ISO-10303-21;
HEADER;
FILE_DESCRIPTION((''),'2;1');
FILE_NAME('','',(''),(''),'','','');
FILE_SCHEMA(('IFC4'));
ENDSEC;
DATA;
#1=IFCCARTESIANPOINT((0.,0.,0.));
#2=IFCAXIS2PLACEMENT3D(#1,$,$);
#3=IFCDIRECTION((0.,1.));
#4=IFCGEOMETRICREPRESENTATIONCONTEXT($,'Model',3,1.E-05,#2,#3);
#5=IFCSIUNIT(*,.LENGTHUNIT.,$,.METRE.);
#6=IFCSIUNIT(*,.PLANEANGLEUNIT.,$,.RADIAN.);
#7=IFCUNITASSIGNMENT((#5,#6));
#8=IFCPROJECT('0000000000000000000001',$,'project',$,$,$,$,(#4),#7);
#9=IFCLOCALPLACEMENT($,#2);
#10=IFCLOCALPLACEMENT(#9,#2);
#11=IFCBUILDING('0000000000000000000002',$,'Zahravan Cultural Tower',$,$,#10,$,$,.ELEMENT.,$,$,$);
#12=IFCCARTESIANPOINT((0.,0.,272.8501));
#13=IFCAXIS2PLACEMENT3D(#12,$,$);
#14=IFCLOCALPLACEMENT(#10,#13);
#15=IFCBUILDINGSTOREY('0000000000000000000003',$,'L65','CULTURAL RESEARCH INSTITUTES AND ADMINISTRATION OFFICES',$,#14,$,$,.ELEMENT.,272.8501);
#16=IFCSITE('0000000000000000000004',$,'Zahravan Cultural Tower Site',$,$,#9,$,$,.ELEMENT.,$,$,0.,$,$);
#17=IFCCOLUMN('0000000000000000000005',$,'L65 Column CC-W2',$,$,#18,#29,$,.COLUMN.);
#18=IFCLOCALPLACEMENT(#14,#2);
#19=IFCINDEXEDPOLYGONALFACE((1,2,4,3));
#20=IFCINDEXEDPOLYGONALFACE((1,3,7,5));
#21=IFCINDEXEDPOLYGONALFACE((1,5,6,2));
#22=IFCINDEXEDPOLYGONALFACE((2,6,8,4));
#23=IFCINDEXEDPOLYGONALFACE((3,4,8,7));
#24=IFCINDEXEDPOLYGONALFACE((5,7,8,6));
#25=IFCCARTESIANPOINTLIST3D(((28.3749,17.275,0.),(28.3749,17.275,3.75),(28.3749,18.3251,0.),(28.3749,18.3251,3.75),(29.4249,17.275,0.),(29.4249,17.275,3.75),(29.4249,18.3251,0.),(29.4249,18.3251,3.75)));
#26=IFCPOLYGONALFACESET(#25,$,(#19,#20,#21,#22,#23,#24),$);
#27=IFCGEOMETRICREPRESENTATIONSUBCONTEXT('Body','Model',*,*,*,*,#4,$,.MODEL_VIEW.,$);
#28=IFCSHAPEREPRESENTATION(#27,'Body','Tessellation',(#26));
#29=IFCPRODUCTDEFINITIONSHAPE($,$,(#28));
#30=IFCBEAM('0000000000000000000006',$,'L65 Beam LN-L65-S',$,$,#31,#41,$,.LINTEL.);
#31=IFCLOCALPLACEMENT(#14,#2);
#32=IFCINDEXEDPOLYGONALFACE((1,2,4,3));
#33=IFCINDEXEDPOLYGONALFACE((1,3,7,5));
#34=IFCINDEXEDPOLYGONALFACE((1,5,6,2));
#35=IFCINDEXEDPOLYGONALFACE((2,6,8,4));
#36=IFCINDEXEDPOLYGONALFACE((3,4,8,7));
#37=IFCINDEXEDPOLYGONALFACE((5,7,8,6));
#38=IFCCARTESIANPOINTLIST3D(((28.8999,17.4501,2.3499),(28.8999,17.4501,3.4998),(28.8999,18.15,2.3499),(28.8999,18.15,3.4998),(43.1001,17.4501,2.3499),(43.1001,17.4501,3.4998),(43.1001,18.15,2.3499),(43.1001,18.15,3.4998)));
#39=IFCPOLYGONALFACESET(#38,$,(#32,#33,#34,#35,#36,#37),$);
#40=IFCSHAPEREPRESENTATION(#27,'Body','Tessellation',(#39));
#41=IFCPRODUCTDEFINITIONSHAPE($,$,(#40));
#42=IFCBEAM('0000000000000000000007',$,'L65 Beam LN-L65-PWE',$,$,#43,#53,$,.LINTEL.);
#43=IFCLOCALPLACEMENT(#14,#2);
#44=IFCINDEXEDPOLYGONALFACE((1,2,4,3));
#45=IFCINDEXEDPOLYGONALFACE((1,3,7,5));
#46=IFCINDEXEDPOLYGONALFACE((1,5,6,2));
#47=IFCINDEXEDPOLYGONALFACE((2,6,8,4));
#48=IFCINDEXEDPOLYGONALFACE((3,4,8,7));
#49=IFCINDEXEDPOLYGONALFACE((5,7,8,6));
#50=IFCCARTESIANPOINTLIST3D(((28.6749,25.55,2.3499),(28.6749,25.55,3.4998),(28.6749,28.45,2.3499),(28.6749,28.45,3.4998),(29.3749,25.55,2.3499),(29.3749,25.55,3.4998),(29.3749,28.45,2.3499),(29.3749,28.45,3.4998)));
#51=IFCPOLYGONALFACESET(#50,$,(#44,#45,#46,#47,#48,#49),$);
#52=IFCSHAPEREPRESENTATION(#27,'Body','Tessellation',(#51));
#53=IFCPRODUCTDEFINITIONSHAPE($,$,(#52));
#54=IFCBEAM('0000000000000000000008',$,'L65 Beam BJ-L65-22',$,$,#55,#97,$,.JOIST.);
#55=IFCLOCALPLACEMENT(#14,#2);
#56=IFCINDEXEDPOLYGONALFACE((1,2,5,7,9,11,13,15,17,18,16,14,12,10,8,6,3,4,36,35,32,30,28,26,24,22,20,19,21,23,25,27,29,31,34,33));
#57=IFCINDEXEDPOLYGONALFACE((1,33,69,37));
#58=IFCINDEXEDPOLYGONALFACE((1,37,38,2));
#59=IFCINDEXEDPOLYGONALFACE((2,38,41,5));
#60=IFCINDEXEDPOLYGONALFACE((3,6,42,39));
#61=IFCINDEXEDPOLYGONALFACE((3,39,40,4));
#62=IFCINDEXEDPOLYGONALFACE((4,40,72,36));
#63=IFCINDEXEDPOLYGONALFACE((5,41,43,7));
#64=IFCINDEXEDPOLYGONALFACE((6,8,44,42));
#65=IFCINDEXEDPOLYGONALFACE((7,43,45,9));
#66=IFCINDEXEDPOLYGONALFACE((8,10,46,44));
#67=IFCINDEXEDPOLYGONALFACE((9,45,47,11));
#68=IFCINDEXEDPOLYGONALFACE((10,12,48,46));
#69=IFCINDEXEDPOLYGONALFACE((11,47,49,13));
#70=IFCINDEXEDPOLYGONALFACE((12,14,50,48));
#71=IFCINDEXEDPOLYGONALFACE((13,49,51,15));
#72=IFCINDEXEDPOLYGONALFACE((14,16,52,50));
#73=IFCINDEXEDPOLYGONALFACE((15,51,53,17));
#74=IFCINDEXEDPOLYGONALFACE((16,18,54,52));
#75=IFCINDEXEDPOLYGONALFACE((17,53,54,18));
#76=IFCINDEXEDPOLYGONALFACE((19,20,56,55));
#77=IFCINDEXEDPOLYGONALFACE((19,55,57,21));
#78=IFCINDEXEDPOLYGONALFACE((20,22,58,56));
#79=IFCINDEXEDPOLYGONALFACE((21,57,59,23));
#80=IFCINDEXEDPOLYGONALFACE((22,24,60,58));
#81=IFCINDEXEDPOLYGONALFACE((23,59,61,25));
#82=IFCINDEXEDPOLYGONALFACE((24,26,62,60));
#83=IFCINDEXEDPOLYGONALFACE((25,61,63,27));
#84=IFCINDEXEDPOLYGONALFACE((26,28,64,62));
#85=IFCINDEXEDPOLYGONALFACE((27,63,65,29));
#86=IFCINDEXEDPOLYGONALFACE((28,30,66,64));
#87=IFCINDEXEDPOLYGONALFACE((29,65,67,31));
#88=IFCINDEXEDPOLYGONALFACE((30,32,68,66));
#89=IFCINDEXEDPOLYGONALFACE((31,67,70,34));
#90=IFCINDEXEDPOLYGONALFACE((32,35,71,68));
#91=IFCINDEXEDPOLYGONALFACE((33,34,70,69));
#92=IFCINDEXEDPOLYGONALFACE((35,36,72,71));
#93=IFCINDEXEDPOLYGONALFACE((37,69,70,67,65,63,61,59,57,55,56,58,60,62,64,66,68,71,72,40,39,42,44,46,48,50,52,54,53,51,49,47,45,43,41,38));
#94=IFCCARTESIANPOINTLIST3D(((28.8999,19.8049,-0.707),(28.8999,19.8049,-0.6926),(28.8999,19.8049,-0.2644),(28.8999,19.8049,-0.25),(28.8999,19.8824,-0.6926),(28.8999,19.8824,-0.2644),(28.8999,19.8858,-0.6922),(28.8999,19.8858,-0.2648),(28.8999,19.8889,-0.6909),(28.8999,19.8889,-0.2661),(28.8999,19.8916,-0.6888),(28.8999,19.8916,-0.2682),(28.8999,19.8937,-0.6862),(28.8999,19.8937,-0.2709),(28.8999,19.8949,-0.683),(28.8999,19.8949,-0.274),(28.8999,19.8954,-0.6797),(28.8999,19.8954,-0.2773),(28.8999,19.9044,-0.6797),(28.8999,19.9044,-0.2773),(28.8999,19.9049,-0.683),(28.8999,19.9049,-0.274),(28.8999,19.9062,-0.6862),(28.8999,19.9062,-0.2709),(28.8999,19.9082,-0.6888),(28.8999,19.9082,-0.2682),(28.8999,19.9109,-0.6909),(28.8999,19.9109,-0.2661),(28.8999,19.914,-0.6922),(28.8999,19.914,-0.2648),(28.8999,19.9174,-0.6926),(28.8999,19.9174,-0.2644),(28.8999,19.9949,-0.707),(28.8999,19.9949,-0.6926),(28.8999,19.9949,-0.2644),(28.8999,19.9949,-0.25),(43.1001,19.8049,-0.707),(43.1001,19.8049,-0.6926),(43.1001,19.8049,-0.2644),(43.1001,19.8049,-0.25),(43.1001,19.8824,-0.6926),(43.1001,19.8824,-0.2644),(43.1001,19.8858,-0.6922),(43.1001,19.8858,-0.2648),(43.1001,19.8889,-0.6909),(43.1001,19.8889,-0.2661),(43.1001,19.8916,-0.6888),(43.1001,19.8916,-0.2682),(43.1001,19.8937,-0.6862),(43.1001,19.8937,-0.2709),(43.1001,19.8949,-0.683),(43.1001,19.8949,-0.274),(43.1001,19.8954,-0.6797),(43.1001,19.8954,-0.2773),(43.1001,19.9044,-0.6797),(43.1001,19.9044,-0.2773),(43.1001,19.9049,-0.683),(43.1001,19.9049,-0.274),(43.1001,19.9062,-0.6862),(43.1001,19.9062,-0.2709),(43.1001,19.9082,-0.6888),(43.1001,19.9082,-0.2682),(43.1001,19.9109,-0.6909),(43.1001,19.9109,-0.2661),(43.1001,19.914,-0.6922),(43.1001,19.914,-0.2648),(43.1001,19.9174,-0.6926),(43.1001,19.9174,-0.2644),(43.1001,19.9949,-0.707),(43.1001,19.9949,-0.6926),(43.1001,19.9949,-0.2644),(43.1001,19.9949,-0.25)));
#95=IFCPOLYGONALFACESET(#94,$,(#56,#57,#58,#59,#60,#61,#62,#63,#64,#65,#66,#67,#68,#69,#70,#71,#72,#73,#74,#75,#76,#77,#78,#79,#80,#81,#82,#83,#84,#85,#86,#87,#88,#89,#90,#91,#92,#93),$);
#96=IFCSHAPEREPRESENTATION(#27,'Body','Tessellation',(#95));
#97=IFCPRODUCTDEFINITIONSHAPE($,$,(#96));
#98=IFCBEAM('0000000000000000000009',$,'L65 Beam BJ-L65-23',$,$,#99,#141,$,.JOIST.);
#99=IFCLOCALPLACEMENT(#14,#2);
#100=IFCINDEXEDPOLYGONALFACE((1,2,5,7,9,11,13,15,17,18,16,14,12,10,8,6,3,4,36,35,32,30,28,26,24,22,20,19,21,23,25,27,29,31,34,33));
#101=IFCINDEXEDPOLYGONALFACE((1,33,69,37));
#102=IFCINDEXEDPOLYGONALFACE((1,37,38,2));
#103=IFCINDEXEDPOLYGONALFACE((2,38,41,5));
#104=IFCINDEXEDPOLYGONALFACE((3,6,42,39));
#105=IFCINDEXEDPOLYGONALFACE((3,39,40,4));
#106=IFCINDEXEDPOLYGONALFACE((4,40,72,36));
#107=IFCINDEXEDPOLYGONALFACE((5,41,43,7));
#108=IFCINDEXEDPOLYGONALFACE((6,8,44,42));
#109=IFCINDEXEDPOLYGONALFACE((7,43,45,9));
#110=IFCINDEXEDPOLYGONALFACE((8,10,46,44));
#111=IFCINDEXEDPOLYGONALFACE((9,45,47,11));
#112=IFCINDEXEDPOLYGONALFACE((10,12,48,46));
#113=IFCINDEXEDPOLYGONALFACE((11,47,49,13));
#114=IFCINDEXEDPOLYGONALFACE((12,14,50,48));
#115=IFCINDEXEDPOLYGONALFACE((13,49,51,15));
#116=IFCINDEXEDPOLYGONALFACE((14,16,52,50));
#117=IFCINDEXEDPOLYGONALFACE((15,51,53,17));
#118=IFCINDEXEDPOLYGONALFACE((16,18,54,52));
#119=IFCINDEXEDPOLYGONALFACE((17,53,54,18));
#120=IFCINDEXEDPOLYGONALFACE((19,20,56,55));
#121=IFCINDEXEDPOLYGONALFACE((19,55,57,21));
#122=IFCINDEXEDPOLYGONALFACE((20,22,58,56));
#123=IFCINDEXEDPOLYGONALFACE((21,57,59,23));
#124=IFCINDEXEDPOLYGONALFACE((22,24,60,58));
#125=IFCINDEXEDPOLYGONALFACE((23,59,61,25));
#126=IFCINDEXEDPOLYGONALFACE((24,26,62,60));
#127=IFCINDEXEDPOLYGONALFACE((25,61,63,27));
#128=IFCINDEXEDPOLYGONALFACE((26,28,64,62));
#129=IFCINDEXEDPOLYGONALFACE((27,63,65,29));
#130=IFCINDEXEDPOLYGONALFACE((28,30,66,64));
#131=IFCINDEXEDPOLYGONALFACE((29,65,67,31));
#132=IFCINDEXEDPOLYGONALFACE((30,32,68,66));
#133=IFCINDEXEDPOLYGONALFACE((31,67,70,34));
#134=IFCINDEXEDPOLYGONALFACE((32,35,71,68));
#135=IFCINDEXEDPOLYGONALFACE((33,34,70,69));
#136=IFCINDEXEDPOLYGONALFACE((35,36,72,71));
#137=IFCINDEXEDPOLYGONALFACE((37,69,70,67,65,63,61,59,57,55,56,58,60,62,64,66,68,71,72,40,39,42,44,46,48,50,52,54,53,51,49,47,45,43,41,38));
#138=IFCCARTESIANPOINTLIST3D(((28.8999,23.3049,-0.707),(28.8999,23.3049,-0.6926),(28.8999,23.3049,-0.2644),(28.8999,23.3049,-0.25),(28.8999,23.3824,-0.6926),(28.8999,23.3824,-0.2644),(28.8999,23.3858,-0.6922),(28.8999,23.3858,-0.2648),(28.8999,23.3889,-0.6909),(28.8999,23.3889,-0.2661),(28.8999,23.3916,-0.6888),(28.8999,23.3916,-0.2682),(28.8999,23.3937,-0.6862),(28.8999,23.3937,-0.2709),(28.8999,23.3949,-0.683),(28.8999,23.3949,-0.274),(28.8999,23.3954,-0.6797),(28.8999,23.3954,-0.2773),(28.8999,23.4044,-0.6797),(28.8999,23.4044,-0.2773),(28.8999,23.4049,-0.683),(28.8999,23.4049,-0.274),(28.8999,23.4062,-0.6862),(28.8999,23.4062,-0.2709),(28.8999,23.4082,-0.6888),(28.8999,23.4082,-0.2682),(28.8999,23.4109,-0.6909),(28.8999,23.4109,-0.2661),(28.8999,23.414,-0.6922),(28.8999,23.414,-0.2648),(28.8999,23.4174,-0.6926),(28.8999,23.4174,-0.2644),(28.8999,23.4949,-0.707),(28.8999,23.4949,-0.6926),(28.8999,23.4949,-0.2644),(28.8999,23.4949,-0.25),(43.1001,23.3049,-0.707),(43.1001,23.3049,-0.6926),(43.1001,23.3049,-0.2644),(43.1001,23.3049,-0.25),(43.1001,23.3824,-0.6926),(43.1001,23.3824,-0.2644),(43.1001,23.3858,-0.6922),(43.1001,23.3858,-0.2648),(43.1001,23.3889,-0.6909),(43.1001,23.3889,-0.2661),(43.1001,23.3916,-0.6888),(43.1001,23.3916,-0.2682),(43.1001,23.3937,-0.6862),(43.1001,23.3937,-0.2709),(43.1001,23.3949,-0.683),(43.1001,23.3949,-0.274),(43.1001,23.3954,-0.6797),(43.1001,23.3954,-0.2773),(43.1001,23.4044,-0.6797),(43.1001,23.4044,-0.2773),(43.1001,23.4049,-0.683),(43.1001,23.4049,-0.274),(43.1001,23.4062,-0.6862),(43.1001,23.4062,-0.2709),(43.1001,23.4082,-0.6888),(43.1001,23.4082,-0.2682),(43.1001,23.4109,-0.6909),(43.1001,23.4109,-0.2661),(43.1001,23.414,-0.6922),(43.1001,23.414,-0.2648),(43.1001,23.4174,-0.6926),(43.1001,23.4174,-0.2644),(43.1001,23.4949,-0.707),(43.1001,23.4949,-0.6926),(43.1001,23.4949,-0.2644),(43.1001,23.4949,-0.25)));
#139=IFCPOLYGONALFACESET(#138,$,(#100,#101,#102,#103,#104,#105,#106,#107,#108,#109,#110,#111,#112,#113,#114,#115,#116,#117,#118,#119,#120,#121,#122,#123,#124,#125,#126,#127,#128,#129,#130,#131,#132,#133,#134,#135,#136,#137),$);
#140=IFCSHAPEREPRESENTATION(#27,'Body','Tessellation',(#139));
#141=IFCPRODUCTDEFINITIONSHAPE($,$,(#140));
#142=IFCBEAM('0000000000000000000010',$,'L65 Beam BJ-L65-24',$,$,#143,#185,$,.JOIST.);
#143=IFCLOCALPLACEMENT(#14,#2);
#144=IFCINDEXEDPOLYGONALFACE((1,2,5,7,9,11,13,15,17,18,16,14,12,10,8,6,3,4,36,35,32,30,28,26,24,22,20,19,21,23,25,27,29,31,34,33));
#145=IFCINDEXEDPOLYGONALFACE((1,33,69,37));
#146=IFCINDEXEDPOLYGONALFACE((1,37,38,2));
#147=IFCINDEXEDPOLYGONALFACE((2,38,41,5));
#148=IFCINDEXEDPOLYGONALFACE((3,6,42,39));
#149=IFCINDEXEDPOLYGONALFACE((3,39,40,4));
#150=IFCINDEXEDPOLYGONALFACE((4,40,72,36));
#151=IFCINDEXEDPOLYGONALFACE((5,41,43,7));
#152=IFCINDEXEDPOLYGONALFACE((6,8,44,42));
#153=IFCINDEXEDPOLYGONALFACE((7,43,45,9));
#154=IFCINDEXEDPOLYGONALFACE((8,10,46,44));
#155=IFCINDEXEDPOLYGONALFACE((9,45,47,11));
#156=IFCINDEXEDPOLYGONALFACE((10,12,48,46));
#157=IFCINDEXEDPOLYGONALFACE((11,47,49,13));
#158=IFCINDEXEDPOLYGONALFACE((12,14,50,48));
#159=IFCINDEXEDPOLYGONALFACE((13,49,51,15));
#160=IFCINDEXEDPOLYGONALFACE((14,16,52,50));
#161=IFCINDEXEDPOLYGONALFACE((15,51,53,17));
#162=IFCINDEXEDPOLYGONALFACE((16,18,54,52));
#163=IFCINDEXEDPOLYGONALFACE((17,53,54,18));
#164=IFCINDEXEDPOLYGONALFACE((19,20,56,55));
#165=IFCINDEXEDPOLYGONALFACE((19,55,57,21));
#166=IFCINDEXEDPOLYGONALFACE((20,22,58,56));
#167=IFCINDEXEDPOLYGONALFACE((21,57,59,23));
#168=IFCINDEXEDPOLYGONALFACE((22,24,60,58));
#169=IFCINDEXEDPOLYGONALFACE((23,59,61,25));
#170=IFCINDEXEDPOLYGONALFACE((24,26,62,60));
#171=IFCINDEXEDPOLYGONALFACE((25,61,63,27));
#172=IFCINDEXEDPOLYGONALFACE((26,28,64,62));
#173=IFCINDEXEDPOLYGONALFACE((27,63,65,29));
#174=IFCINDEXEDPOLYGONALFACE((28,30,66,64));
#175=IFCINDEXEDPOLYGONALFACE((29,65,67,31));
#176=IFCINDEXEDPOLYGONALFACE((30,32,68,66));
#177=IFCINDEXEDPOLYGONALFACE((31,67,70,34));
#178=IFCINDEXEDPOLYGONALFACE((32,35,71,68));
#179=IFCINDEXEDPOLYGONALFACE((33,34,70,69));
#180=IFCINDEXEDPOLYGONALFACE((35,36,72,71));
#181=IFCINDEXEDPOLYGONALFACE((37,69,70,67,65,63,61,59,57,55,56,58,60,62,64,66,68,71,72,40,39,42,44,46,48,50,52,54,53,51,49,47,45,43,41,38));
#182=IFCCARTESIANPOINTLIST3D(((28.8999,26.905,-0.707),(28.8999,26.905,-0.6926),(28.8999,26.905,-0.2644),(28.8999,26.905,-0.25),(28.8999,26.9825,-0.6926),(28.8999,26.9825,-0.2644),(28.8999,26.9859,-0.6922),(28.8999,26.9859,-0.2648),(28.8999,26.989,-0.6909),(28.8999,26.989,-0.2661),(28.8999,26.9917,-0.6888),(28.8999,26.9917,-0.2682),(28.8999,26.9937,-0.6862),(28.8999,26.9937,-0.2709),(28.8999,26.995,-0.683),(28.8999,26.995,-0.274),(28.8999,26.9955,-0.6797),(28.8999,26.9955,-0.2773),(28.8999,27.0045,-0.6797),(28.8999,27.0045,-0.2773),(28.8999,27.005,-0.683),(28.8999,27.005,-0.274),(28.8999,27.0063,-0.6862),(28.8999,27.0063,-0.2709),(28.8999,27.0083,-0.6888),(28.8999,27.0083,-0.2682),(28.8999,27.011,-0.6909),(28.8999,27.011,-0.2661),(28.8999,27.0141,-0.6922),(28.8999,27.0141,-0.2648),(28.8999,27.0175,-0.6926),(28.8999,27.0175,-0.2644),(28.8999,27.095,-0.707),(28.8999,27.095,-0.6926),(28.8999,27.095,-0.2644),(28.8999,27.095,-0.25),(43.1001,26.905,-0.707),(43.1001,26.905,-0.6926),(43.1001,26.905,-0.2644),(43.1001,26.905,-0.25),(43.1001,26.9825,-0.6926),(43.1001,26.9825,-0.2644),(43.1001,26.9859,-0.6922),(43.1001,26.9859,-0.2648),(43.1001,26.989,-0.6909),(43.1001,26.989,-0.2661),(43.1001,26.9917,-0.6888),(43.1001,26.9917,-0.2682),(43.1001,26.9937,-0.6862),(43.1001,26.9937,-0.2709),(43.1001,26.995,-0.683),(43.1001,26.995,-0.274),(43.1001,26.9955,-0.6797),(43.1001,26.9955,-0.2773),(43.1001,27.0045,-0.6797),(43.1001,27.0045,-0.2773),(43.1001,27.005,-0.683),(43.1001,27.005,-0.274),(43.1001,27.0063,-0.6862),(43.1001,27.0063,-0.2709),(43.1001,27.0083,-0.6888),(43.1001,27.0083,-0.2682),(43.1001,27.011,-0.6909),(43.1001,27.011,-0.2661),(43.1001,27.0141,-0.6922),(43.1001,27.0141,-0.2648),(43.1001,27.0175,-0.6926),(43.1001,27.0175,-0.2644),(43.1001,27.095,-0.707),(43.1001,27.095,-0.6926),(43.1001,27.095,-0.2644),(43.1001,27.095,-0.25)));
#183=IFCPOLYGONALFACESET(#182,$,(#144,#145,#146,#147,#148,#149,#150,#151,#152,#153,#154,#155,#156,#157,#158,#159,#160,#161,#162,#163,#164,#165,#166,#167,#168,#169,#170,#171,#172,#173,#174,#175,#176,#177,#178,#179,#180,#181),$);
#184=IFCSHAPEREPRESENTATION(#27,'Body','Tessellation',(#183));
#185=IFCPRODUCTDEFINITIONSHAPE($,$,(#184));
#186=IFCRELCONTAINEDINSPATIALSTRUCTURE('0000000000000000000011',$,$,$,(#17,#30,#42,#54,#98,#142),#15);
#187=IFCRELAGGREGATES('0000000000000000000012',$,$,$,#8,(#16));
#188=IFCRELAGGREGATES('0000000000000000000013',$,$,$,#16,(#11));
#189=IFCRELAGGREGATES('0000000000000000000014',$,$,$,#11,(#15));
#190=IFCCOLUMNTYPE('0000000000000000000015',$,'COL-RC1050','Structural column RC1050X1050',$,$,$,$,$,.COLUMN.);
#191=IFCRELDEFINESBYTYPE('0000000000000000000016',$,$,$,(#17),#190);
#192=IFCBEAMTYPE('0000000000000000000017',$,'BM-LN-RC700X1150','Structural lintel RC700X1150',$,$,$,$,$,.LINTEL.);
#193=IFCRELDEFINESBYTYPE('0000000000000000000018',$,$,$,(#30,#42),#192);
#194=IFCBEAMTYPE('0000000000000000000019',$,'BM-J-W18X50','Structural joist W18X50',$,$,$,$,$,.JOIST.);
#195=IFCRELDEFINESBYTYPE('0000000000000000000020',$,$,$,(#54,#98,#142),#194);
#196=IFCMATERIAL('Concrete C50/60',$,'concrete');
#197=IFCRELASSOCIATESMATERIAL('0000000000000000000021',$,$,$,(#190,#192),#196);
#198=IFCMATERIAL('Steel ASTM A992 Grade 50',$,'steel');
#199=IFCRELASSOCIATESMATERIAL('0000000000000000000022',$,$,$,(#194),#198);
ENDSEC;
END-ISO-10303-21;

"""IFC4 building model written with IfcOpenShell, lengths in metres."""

from ifc_helpers import new_model, si_unit, direction, frame, origin, origin_2d, place, context, subcontext, project, spatial, rectangle, i_section, extrude, source, transform, mapped, material, material_profile, profile_set, type_object, element, save


model = new_model("IFC4")

# Units and contexts
model_context = context("Model", 3, precision=1e-05, world=origin(), true_north=direction((0.0, 1.0)))
body_context = subcontext(model_context, "Body", "Model", "MODEL_VIEW")
ifc_project = project(units=[si_unit("LENGTHUNIT", "METRE"), si_unit("PLANEANGLEUNIT", "RADIAN")], contexts=[model_context])

# Site, building, storey
site_placement = place(None, origin())
site = spatial("IfcSite", under=ifc_project, at=site_placement, Name="Zahravan Cultural Tower Site", CompositionType="ELEMENT", RefElevation=0.0)
building_placement = place(site_placement, origin())
building = spatial("IfcBuilding", under=site, at=building_placement, Name="Zahravan Cultural Tower", CompositionType="ELEMENT")
storey_placement = place(building_placement, frame((0.0, 0.0, 272.8501)))
storey = spatial("IfcBuildingStorey", under=building, at=storey_placement, Name="L65", Description="CULTURAL RESEARCH INSTITUTES AND ADMINISTRATION OFFICES", CompositionType="ELEMENT", Elevation=272.8501)

# Column
ifc_material_1 = material(Name="Concrete C50/60", Category="concrete")
ifc_material_profile_1 = material_profile(ifc_material_1, rectangle(XDim=1.05, YDim=1.05, at=origin_2d()), Name="RC1050X1050")
ifc_profile_set_1 = profile_set([ifc_material_profile_1], Name="Concrete C50/60")
column_type = type_object("IfcColumnType", Name="COL-RC1050", Description="Structural column RC1050X1050", PredefinedType="COLUMN", material=ifc_profile_set_1)
shared_shape_1 = source(origin(), body_context, "Body", "SweptSolid", [
    extrude(rectangle(XDim=1.05, YDim=1.05, at=origin_2d()), origin(), (0.0, 0.0, 1.0), 3.75),
])
column_placement = place(storey_placement, frame((28.8999, 17.8, 0.0), z_axis=(0.0, 0.0, 1.0), x_axis=(1.0, 0.0, 0.0)))
element("IfcColumn", 1, at=column_placement, inside=storey, type_object=column_type, Name="L65 Column CC-W2", PredefinedType="COLUMN", context=body_context, shape_type="MappedRepresentation", body=[
    mapped(shared_shape_1, transform((0.0, 0.0, 0.0), x_axis=(1.0, 0.0, 0.0), y_axis=(0.0, 1.0, 0.0), z_axis=(0.0, 0.0, 1.0), scale=1.0)),
])

# Beams
ifc_material_profile_2 = material_profile(ifc_material_1, rectangle(XDim=0.7, YDim=1.1499, at=origin_2d()), Name="RC700X1150")
ifc_profile_set_2 = profile_set([ifc_material_profile_2], Name="Concrete C50/60")
beam_type_1 = type_object("IfcBeamType", Name="BM-LN-RC700X1150", Description="Structural lintel RC700X1150", PredefinedType="LINTEL", material=ifc_profile_set_2)
shared_shape_2 = source(origin(), body_context, "Body", "SweptSolid", [
    extrude(rectangle(XDim=0.7, YDim=1.1499, at=origin_2d()), origin(), (0.0, 0.0, 1.0), 14.2002),
])
beam_1_placement = place(storey_placement, frame((28.8999, 17.8, 2.9248), z_axis=(1.0, 0.0, 0.0), x_axis=(0.0, 1.0, 0.0)))
element("IfcBeam", 2, at=beam_1_placement, inside=storey, type_object=beam_type_1, Name="L65 Beam LN-L65-S", PredefinedType="LINTEL", context=body_context, shape_type="MappedRepresentation", body=[
    mapped(shared_shape_2, transform((0.0, 0.0, 0.0), x_axis=(1.0, 0.0, 0.0), y_axis=(0.0, 1.0, 0.0), z_axis=(0.0, 0.0, 1.0), scale=1.0)),
])
shared_shape_3 = source(origin(), body_context, "Body", "SweptSolid", [
    extrude(rectangle(XDim=0.7, YDim=1.1499, at=origin_2d()), origin(), (0.0, 0.0, 1.0), 2.8999),
])
beam_2_placement = place(storey_placement, frame((29.0249, 25.55, 2.9248), z_axis=(0.0, 1.0, 0.0), x_axis=(-1.0, 0.0, 0.0)))
element("IfcBeam", 3, at=beam_2_placement, inside=storey, type_object=beam_type_1, Name="L65 Beam LN-L65-PWE", PredefinedType="LINTEL", context=body_context, shape_type="MappedRepresentation", body=[
    mapped(shared_shape_3, transform((0.0, 0.0, 0.0), x_axis=(1.0, 0.0, 0.0), y_axis=(0.0, 1.0, 0.0), z_axis=(0.0, 0.0, 1.0), scale=1.0)),
])
ifc_material_2 = material(Name="Steel ASTM A992 Grade 50", Category="steel")
ifc_material_profile_3 = material_profile(ifc_material_2, i_section(OverallWidth=0.1899, OverallDepth=0.457, WebThickness=0.009, FlangeThickness=0.0144, FilletRadius=0.0129, at=origin_2d()), Name="W18X50")
ifc_profile_set_3 = profile_set([ifc_material_profile_3], Name="Steel ASTM A992 Grade 50")
beam_type_2 = type_object("IfcBeamType", Name="BM-J-W18X50", Description="Structural joist W18X50", PredefinedType="JOIST", material=ifc_profile_set_3)
shared_shape_4 = source(origin(), body_context, "Body", "SweptSolid", [
    extrude(i_section(OverallWidth=0.1899, OverallDepth=0.457, WebThickness=0.009, FlangeThickness=0.0144, FilletRadius=0.0129, at=origin_2d()), origin(), (0.0, 0.0, 1.0), 14.2002),
])
for number, where, z_axis, x_axis, name in (
    (4, (28.8999, 19.8999, -0.4785), (1.0, 0.0, 0.0), (0.0, 1.0, 0.0), "L65 Beam BJ-L65-22"),
    (5, (28.8999, 23.3999, -0.4785), (1.0, 0.0, 0.0), (0.0, 1.0, 0.0), "L65 Beam BJ-L65-23"),
    (6, (28.8999, 27.0, -0.4785), (1.0, 0.0, 0.0), (0.0, 1.0, 0.0), "L65 Beam BJ-L65-24"),
):
    element("IfcBeam", number, at=place(storey_placement, frame(where, z_axis=z_axis, x_axis=x_axis)), inside=storey, type_object=beam_type_2, Name=name, PredefinedType="JOIST", context=body_context, shape_type="MappedRepresentation", body=[
        mapped(shared_shape_4, transform((0.0, 0.0, 0.0), x_axis=(1.0, 0.0, 0.0), y_axis=(0.0, 1.0, 0.0), z_axis=(0.0, 0.0, 1.0), scale=1.0)),
    ])

save(model, "model.ifc")
